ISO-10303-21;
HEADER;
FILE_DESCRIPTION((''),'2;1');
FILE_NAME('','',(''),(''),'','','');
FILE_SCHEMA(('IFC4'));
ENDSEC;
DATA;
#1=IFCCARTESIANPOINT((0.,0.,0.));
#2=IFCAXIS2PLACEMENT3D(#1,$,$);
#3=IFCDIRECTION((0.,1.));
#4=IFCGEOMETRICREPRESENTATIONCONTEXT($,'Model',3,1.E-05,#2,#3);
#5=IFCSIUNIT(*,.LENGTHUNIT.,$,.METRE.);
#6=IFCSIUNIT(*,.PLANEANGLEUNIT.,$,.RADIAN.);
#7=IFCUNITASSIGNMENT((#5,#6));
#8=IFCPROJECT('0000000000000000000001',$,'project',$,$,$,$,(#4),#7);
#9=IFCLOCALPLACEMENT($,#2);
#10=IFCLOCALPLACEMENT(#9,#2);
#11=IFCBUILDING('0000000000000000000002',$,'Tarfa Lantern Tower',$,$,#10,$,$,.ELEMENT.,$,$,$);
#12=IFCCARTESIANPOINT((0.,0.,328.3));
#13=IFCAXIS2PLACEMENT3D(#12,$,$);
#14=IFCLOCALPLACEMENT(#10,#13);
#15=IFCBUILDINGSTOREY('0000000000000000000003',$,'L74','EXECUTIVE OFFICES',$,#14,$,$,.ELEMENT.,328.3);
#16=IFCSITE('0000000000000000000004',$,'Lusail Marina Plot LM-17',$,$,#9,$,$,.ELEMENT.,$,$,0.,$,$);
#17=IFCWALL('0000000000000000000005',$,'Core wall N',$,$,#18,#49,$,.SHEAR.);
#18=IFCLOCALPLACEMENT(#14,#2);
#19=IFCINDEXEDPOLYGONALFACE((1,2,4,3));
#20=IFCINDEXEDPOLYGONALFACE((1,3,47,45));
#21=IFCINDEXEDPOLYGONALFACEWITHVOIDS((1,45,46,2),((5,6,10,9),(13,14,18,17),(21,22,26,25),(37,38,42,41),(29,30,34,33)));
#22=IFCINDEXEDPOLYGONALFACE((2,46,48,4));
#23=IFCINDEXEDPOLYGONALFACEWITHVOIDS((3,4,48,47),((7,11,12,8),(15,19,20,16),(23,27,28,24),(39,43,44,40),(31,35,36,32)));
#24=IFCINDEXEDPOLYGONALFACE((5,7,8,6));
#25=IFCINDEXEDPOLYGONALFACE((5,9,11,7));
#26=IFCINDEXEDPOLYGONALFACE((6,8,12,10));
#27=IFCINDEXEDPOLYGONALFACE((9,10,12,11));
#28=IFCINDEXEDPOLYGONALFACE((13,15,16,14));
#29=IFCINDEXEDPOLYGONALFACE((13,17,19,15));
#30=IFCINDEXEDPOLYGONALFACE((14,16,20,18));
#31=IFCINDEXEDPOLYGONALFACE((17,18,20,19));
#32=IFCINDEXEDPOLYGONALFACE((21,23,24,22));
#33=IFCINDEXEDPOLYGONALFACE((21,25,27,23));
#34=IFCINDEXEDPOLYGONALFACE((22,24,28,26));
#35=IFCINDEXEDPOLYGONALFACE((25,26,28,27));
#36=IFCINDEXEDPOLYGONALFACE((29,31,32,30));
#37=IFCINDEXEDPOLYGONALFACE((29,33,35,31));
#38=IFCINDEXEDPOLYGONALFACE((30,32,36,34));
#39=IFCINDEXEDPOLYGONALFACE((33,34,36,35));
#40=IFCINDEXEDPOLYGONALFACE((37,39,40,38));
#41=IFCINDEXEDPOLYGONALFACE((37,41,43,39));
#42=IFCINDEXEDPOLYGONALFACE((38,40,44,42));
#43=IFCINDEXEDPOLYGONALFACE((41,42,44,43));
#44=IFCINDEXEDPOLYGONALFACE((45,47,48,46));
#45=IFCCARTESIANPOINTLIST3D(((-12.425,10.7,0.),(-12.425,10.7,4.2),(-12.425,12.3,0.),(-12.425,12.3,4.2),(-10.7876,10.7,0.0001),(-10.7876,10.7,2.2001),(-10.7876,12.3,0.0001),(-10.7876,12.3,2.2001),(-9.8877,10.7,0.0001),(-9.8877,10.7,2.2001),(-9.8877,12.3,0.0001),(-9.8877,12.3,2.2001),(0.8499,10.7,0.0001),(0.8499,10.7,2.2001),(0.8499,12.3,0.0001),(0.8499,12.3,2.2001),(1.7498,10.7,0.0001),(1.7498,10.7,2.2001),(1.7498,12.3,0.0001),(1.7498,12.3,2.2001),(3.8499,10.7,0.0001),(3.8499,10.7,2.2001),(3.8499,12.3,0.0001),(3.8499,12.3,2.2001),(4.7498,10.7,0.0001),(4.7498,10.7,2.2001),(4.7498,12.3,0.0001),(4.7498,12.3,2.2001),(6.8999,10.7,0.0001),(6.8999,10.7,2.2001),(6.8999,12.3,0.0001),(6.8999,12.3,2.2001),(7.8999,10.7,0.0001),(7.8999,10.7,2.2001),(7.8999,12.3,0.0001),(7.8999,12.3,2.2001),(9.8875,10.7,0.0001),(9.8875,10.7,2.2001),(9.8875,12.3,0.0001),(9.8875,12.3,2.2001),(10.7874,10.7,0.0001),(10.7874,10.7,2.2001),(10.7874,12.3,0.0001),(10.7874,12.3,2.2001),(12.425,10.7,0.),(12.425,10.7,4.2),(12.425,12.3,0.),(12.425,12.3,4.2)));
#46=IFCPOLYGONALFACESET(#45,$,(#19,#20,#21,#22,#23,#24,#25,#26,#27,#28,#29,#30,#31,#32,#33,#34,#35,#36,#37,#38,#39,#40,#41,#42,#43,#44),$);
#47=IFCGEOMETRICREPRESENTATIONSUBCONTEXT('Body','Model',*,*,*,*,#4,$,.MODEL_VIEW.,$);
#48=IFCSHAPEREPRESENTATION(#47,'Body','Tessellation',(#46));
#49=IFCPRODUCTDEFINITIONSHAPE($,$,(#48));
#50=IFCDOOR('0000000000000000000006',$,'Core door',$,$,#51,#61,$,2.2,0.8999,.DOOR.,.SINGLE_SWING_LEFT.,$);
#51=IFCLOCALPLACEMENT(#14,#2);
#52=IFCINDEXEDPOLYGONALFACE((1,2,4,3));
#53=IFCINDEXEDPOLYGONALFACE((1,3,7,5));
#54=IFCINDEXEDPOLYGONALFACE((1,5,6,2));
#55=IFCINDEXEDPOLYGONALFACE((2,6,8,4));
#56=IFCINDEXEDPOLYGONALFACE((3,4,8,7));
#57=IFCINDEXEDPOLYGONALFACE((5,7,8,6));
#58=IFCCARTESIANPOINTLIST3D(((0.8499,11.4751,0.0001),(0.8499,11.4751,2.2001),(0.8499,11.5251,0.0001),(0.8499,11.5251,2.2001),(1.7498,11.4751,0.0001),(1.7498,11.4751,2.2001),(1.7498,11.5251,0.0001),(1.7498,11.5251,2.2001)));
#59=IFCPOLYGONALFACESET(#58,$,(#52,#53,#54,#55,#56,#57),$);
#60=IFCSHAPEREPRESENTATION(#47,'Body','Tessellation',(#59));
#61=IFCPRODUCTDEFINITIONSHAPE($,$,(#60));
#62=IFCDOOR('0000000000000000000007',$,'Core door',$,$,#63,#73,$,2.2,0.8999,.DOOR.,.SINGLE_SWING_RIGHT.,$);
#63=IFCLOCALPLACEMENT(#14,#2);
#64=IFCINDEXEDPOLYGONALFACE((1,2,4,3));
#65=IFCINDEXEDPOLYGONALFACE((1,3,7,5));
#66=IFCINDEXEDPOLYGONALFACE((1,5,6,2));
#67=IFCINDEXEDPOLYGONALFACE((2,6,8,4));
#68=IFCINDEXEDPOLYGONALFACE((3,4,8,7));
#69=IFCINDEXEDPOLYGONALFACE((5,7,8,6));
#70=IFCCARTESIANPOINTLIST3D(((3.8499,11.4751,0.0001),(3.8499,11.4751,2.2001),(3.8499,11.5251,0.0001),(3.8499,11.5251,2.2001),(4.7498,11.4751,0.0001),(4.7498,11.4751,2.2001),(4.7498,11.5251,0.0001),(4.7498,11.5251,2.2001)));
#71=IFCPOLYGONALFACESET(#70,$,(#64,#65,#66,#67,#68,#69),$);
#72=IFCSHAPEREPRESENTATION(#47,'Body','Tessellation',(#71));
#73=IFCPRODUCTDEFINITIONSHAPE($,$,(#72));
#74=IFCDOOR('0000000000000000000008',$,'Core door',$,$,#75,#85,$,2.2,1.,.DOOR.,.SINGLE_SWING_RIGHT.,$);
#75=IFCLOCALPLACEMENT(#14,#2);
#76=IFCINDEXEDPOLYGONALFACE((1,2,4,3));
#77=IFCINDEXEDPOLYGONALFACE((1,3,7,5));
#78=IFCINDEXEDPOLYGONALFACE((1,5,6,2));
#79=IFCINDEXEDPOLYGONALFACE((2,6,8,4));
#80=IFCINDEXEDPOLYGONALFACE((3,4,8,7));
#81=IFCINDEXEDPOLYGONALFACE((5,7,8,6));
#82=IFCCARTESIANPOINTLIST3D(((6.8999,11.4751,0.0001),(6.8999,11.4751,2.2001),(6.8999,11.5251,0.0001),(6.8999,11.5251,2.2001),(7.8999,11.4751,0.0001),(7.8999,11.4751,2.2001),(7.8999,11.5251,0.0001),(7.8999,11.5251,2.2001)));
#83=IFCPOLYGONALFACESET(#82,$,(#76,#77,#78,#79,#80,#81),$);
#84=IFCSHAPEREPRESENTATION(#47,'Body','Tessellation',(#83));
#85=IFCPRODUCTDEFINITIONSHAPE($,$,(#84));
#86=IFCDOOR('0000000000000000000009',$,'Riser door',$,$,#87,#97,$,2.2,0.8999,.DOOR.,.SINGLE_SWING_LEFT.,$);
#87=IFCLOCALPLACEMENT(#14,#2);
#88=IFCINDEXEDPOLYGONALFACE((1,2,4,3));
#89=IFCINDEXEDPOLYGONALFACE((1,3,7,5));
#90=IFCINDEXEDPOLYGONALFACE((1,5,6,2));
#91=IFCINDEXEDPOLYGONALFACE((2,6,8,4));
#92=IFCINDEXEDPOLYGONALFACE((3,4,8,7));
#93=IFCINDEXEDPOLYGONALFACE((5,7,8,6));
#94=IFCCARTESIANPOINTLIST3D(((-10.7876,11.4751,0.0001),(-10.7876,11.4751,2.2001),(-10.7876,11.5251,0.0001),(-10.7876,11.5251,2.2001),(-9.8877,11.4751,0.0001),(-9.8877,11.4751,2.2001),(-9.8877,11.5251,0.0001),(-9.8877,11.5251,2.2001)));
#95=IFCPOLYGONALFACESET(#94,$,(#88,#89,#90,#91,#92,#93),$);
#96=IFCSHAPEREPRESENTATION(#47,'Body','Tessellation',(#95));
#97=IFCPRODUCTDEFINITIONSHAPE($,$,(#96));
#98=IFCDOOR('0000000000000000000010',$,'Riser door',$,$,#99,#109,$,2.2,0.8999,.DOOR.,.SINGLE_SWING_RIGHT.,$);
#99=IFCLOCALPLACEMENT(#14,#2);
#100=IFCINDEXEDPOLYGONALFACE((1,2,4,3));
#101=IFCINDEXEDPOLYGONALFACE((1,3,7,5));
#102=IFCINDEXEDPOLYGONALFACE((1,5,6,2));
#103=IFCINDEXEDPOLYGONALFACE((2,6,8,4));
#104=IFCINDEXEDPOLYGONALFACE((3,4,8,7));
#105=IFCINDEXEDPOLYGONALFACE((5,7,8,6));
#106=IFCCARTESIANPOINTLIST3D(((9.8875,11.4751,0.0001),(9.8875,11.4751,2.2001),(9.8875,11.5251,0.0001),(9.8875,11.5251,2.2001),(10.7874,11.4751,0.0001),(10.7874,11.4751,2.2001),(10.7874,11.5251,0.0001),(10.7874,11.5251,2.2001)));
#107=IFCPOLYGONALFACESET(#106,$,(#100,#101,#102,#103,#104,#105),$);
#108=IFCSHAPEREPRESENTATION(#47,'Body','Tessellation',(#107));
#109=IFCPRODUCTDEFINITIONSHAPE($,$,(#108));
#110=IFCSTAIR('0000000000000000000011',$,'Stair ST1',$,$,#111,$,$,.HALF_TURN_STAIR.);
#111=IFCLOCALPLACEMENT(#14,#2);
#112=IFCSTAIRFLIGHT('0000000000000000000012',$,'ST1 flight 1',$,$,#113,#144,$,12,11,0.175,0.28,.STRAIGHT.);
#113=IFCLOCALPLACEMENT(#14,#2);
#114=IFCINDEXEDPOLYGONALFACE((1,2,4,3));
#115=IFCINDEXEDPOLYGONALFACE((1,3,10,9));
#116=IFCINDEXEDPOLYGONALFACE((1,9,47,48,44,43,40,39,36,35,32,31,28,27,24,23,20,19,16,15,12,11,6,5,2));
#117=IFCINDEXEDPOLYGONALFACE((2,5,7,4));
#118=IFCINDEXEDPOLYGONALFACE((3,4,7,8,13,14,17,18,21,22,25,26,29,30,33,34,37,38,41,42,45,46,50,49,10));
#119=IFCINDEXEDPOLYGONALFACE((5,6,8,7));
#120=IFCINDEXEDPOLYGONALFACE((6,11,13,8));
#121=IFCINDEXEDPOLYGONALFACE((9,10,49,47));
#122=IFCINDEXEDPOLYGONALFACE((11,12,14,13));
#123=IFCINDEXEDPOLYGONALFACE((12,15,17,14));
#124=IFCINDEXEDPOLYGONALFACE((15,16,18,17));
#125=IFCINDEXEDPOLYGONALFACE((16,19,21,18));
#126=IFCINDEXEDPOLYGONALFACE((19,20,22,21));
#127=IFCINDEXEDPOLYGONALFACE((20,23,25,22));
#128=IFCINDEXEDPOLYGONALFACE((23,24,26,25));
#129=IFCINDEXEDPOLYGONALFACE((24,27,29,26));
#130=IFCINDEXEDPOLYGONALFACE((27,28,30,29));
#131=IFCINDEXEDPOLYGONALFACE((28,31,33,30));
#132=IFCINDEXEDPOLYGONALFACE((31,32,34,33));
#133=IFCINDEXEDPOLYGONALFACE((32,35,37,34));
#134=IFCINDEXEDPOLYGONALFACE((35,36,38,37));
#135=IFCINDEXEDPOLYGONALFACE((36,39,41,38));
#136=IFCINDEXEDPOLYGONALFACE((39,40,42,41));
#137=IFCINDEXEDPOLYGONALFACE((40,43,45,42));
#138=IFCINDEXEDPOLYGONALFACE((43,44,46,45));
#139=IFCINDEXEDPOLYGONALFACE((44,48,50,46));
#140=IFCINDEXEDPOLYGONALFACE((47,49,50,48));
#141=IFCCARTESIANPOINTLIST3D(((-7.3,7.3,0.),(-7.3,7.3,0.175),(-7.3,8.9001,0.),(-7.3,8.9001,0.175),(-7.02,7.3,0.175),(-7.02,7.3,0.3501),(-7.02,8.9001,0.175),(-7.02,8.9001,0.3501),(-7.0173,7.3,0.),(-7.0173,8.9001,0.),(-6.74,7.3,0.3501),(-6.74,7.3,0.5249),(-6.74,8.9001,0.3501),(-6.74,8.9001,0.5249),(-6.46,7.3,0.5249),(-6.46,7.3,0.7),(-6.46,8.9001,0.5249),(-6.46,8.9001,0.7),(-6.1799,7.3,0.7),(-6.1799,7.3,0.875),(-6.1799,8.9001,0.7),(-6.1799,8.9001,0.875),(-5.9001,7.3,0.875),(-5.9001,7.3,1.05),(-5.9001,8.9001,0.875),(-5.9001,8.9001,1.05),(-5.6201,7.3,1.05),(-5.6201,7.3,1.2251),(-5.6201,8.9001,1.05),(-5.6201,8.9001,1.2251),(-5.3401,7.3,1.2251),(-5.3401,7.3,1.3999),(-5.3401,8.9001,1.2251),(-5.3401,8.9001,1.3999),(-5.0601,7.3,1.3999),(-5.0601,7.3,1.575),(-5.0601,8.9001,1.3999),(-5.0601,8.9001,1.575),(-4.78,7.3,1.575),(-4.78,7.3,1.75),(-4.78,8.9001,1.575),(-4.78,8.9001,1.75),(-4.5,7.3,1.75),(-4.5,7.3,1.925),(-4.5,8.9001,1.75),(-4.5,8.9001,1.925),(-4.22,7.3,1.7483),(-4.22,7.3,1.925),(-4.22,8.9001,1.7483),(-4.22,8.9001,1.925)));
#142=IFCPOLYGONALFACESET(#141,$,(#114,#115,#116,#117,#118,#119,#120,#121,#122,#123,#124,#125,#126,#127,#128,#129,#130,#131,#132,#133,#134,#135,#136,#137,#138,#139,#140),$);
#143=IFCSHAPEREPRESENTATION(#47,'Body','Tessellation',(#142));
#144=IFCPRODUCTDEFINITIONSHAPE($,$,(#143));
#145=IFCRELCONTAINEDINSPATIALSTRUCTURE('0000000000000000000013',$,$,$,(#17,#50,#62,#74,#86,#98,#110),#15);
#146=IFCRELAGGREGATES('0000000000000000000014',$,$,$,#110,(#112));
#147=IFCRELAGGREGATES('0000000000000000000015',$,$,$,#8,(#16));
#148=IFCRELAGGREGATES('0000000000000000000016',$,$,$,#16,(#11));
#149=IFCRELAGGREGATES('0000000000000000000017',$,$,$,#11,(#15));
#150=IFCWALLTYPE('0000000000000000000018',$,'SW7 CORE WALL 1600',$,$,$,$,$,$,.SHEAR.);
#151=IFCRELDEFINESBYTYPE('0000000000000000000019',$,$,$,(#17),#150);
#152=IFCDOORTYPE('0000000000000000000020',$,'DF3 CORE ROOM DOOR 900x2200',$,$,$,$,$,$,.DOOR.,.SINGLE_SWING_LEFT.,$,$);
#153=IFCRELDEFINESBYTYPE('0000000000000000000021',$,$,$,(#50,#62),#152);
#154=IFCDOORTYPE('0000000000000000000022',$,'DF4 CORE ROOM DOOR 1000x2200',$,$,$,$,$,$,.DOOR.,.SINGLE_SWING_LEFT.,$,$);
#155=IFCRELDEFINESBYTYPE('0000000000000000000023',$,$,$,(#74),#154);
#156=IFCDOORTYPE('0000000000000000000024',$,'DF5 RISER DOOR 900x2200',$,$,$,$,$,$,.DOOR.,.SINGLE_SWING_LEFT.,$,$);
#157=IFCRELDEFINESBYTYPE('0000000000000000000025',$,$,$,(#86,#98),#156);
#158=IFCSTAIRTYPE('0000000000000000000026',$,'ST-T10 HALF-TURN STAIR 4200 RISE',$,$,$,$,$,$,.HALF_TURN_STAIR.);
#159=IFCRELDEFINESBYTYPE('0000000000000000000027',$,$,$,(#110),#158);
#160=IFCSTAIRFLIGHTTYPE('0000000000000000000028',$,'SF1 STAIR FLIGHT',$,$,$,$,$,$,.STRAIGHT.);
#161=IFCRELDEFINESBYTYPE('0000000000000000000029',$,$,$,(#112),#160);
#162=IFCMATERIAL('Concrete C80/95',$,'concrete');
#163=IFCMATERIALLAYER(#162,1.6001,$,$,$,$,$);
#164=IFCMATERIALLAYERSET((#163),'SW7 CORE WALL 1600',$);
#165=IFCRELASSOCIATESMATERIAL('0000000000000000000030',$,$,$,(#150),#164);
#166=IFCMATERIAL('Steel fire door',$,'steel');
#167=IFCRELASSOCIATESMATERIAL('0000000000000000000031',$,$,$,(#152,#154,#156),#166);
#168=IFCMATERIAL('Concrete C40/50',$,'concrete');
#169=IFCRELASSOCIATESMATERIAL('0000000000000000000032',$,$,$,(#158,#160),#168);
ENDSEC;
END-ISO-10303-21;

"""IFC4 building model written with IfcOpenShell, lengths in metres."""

from ifc_helpers import new_model, si_unit, direction, frame, frame_2d, origin, place, context, subcontext, project, spatial, polyline, rectangle, outline, extrude, material, layer, layer_set, type_object, element, fill, aggregate, save


model = new_model("IFC4")

# Units and contexts
model_context = context("Model", 3, precision=1e-05, world=origin(), true_north=direction((0.0, 1.0)))
body_context = subcontext(model_context, "Body", "Model", "MODEL_VIEW")
ifc_project = project(units=[si_unit("LENGTHUNIT", "METRE"), si_unit("PLANEANGLEUNIT", "RADIAN")], contexts=[model_context])

# Site, building, storey
site_placement = place(None, origin())
site = spatial("IfcSite", under=ifc_project, at=site_placement, Name="Lusail Marina Plot LM-17", CompositionType="ELEMENT", RefElevation=0.0)
building_placement = place(site_placement, origin())
building = spatial("IfcBuilding", under=site, at=building_placement, Name="Tarfa Lantern Tower", CompositionType="ELEMENT")
storey_placement = place(building_placement, frame((0.0, 0.0, 328.3)))
storey = spatial("IfcBuildingStorey", under=building, at=storey_placement, Name="L74", Description="EXECUTIVE OFFICES", CompositionType="ELEMENT", Elevation=328.3)

# Shared definitions
ifc_material_1 = material(Name="Concrete C80/95", Category="concrete")

# Shared definitions
ifc_material_2 = material(Name="Steel fire door", Category="steel")

# Wall, openings, doors
ifc_layer_1 = layer(ifc_material_1, 1.6001)
ifc_layer_set_1 = layer_set([ifc_layer_1], Name="SW7 CORE WALL 1600")
wall_type_1 = type_object("IfcWallType", Name="SW7 CORE WALL 1600", PredefinedType="SHEAR", material=ifc_layer_set_1)
wall_1_placement = place(storey_placement, frame((-12.425, 11.5, 0.0), z_axis=(0.0, 0.0, 1.0), x_axis=(1.0, 0.0, 0.0)))
wall_1 = element("IfcWall", 1, at=wall_1_placement, inside=storey, type_object=wall_type_1, Name="Core wall N", PredefinedType="SHEAR", context=body_context, shape_type="SweptSolid", body=[
    extrude(rectangle(XDim=24.8501, YDim=1.6001, at=frame_2d((12.425, 0.0))), origin(), (0.0, 0.0, 1.0), 4.2),
])
opening_1_placement = place(wall_1_placement, frame((13.2749, 0.0, 0.0)))
opening_1 = element("IfcOpeningElement", 2, at=opening_1_placement, cuts=wall_1, PredefinedType="OPENING", context=body_context, shape_type="SweptSolid", body=[
    extrude(rectangle(XDim=0.8999, YDim=2.2, at=frame_2d((0.45, 1.1001))), frame((0.0, 0.8101, 0.0), z_axis=(0.0, -1.0, 0.0), x_axis=(1.0, 0.0, 0.0)), (0.0, 0.0, 1.0), 1.6201),
])
opening_2_placement = place(wall_1_placement, frame((16.2749, 0.0, 0.0)))
opening_2 = element("IfcOpeningElement", 3, at=opening_2_placement, cuts=wall_1, PredefinedType="OPENING", context=body_context, shape_type="SweptSolid", body=[
    extrude(rectangle(XDim=0.8999, YDim=2.2, at=frame_2d((0.45, 1.1001))), frame((0.0, 0.8101, 0.0), z_axis=(0.0, -1.0, 0.0), x_axis=(1.0, 0.0, 0.0)), (0.0, 0.0, 1.0), 1.6201),
])
opening_3_placement = place(wall_1_placement, frame((19.325, 0.0, 0.0)))
opening_3 = element("IfcOpeningElement", 4, at=opening_3_placement, cuts=wall_1, PredefinedType="OPENING", context=body_context, shape_type="SweptSolid", body=[
    extrude(rectangle(XDim=1.0, YDim=2.2, at=frame_2d((0.5, 1.1001))), frame((0.0, 0.8101, 0.0), z_axis=(0.0, -1.0, 0.0), x_axis=(1.0, 0.0, 0.0)), (0.0, 0.0, 1.0), 1.6201),
])
opening_4_placement = place(wall_1_placement, frame((1.6375, 0.0, 0.0)))
opening_4 = element("IfcOpeningElement", 5, at=opening_4_placement, cuts=wall_1, PredefinedType="OPENING", context=body_context, shape_type="SweptSolid", body=[
    extrude(rectangle(XDim=0.8999, YDim=2.2, at=frame_2d((0.45, 1.1001))), frame((0.0, 0.8101, 0.0), z_axis=(0.0, -1.0, 0.0), x_axis=(1.0, 0.0, 0.0)), (0.0, 0.0, 1.0), 1.6201),
])
opening_5_placement = place(wall_1_placement, frame((22.3125, 0.0, 0.0)))
opening_5 = element("IfcOpeningElement", 6, at=opening_5_placement, cuts=wall_1, PredefinedType="OPENING", context=body_context, shape_type="SweptSolid", body=[
    extrude(rectangle(XDim=0.8999, YDim=2.2, at=frame_2d((0.45, 1.1001))), frame((0.0, 0.8101, 0.0), z_axis=(0.0, -1.0, 0.0), x_axis=(1.0, 0.0, 0.0)), (0.0, 0.0, 1.0), 1.6201),
])
door_type_1 = type_object("IfcDoorType", Name="DF3 CORE ROOM DOOR 900x2200", OperationType="SINGLE_SWING_LEFT", PredefinedType="DOOR", material=ifc_material_2)
door_1_placement = place(opening_1_placement, frame((0.8999, 0.0, 0.0), z_axis=(0.0, 0.0, 1.0), x_axis=(-1.0, 0.0, 0.0)))
door_1 = element("IfcDoor", 7, at=door_1_placement, inside=storey, type_object=door_type_1, Name="Core door", OperationType="SINGLE_SWING_LEFT", OverallHeight=2.2, OverallWidth=0.8999, PredefinedType="DOOR", context=body_context, shape_type="SweptSolid", body=[
    extrude(rectangle(XDim=0.8999, YDim=2.2, at=frame_2d((0.45, 1.1001))), frame((0.0, 0.0249, 0.0), z_axis=(0.0, -1.0, 0.0), x_axis=(1.0, 0.0, 0.0)), (0.0, 0.0, 1.0), 0.05),
])
fill(opening_1, door_1)
door_2_placement = place(opening_2_placement, frame((0.8999, 0.0, 0.0), z_axis=(0.0, 0.0, 1.0), x_axis=(-1.0, 0.0, 0.0)))
door_2 = element("IfcDoor", 8, at=door_2_placement, inside=storey, type_object=door_type_1, Name="Core door", OperationType="SINGLE_SWING_RIGHT", OverallHeight=2.2, OverallWidth=0.8999, PredefinedType="DOOR", context=body_context, shape_type="SweptSolid", body=[
    extrude(rectangle(XDim=0.8999, YDim=2.2, at=frame_2d((0.45, 1.1001))), frame((0.0, 0.0249, 0.0), z_axis=(0.0, -1.0, 0.0), x_axis=(1.0, 0.0, 0.0)), (0.0, 0.0, 1.0), 0.05),
])
fill(opening_2, door_2)
door_type_2 = type_object("IfcDoorType", Name="DF4 CORE ROOM DOOR 1000x2200", OperationType="SINGLE_SWING_LEFT", PredefinedType="DOOR", material=ifc_material_2)
door_3_placement = place(opening_3_placement, frame((1.0, 0.0, 0.0), z_axis=(0.0, 0.0, 1.0), x_axis=(-1.0, 0.0, 0.0)))
door_3 = element("IfcDoor", 9, at=door_3_placement, inside=storey, type_object=door_type_2, Name="Core door", OperationType="SINGLE_SWING_RIGHT", OverallHeight=2.2, OverallWidth=1.0, PredefinedType="DOOR", context=body_context, shape_type="SweptSolid", body=[
    extrude(rectangle(XDim=1.0, YDim=2.2, at=frame_2d((0.5, 1.1001))), frame((0.0, 0.0249, 0.0), z_axis=(0.0, -1.0, 0.0), x_axis=(1.0, 0.0, 0.0)), (0.0, 0.0, 1.0), 0.05),
])
fill(opening_3, door_3)
door_type_3 = type_object("IfcDoorType", Name="DF5 RISER DOOR 900x2200", OperationType="SINGLE_SWING_LEFT", PredefinedType="DOOR", material=ifc_material_2)
door_4_placement = place(opening_4_placement, frame((0.8999, 0.0, 0.0), z_axis=(0.0, 0.0, 1.0), x_axis=(-1.0, 0.0, 0.0)))
door_4 = element("IfcDoor", 10, at=door_4_placement, inside=storey, type_object=door_type_3, Name="Riser door", OperationType="SINGLE_SWING_LEFT", OverallHeight=2.2, OverallWidth=0.8999, PredefinedType="DOOR", context=body_context, shape_type="SweptSolid", body=[
    extrude(rectangle(XDim=0.8999, YDim=2.2, at=frame_2d((0.45, 1.1001))), frame((0.0, 0.0249, 0.0), z_axis=(0.0, -1.0, 0.0), x_axis=(1.0, 0.0, 0.0)), (0.0, 0.0, 1.0), 0.05),
])
fill(opening_4, door_4)
door_5_placement = place(opening_5_placement, frame((0.8999, 0.0, 0.0), z_axis=(0.0, 0.0, 1.0), x_axis=(-1.0, 0.0, 0.0)))
door_5 = element("IfcDoor", 11, at=door_5_placement, inside=storey, type_object=door_type_3, Name="Riser door", OperationType="SINGLE_SWING_RIGHT", OverallHeight=2.2, OverallWidth=0.8999, PredefinedType="DOOR", context=body_context, shape_type="SweptSolid", body=[
    extrude(rectangle(XDim=0.8999, YDim=2.2, at=frame_2d((0.45, 1.1001))), frame((0.0, 0.0249, 0.0), z_axis=(0.0, -1.0, 0.0), x_axis=(1.0, 0.0, 0.0)), (0.0, 0.0, 1.0), 0.05),
])
fill(opening_5, door_5)

# Stair, stair flight
ifc_material_3 = material(Name="Concrete C40/50", Category="concrete")
stair_type = type_object("IfcStairType", Name="ST-T10 HALF-TURN STAIR 4200 RISE", PredefinedType="HALF_TURN_STAIR", material=ifc_material_3)
stair_placement = place(storey_placement, origin())
stair = element("IfcStair", 12, at=stair_placement, inside=storey, type_object=stair_type, Name="Stair ST1", PredefinedType="HALF_TURN_STAIR")
stair_flight_type = type_object("IfcStairFlightType", Name="SF1 STAIR FLIGHT", PredefinedType="STRAIGHT", material=ifc_material_3)
stair_flight_1_placement = place(storey_placement, frame((-7.3, 8.1001, 0.0), z_axis=(0.0, 0.0, 1.0), x_axis=(1.0, 0.0, 0.0)))
stair_flight_1 = element("IfcStairFlight", 13, at=stair_flight_1_placement, type_object=stair_flight_type, Name="ST1 flight 1", NumberOfRisers=12, NumberOfTreads=11, PredefinedType="STRAIGHT", RiserHeight=0.175, TreadLength=0.28, context=body_context, shape_type="SweptSolid", body=[
    extrude(outline(polyline([(0.0, 0.0), (0.0, 0.175), (0.28, 0.175), (0.28, 0.3501), (0.5601, 0.3501), (0.5601, 0.5249), (0.8401, 0.5249), (0.8401, 0.7), (1.1201, 0.7), (1.1201, 0.875), (1.3999, 0.875), (1.3999, 1.05), (1.6799, 1.05), (1.6799, 1.2251), (1.96, 1.2251), (1.96, 1.3999), (2.24, 1.3999), (2.24, 1.575), (2.52, 1.575), (2.52, 1.75), (2.8, 1.75), (2.8, 1.925), (3.0801, 1.925), (3.0801, 2.1001), (3.0801, 1.7483), (0.2827, 0.0), (0.0, 0.0)])), frame((0.0, 0.8, 0.0), z_axis=(0.0, -1.0, 0.0), x_axis=(1.0, 0.0, 0.0)), (0.0, 0.0, 1.0), 1.6001),
])
aggregate(stair, [stair_flight_1])

save(model, "model.ifc")
